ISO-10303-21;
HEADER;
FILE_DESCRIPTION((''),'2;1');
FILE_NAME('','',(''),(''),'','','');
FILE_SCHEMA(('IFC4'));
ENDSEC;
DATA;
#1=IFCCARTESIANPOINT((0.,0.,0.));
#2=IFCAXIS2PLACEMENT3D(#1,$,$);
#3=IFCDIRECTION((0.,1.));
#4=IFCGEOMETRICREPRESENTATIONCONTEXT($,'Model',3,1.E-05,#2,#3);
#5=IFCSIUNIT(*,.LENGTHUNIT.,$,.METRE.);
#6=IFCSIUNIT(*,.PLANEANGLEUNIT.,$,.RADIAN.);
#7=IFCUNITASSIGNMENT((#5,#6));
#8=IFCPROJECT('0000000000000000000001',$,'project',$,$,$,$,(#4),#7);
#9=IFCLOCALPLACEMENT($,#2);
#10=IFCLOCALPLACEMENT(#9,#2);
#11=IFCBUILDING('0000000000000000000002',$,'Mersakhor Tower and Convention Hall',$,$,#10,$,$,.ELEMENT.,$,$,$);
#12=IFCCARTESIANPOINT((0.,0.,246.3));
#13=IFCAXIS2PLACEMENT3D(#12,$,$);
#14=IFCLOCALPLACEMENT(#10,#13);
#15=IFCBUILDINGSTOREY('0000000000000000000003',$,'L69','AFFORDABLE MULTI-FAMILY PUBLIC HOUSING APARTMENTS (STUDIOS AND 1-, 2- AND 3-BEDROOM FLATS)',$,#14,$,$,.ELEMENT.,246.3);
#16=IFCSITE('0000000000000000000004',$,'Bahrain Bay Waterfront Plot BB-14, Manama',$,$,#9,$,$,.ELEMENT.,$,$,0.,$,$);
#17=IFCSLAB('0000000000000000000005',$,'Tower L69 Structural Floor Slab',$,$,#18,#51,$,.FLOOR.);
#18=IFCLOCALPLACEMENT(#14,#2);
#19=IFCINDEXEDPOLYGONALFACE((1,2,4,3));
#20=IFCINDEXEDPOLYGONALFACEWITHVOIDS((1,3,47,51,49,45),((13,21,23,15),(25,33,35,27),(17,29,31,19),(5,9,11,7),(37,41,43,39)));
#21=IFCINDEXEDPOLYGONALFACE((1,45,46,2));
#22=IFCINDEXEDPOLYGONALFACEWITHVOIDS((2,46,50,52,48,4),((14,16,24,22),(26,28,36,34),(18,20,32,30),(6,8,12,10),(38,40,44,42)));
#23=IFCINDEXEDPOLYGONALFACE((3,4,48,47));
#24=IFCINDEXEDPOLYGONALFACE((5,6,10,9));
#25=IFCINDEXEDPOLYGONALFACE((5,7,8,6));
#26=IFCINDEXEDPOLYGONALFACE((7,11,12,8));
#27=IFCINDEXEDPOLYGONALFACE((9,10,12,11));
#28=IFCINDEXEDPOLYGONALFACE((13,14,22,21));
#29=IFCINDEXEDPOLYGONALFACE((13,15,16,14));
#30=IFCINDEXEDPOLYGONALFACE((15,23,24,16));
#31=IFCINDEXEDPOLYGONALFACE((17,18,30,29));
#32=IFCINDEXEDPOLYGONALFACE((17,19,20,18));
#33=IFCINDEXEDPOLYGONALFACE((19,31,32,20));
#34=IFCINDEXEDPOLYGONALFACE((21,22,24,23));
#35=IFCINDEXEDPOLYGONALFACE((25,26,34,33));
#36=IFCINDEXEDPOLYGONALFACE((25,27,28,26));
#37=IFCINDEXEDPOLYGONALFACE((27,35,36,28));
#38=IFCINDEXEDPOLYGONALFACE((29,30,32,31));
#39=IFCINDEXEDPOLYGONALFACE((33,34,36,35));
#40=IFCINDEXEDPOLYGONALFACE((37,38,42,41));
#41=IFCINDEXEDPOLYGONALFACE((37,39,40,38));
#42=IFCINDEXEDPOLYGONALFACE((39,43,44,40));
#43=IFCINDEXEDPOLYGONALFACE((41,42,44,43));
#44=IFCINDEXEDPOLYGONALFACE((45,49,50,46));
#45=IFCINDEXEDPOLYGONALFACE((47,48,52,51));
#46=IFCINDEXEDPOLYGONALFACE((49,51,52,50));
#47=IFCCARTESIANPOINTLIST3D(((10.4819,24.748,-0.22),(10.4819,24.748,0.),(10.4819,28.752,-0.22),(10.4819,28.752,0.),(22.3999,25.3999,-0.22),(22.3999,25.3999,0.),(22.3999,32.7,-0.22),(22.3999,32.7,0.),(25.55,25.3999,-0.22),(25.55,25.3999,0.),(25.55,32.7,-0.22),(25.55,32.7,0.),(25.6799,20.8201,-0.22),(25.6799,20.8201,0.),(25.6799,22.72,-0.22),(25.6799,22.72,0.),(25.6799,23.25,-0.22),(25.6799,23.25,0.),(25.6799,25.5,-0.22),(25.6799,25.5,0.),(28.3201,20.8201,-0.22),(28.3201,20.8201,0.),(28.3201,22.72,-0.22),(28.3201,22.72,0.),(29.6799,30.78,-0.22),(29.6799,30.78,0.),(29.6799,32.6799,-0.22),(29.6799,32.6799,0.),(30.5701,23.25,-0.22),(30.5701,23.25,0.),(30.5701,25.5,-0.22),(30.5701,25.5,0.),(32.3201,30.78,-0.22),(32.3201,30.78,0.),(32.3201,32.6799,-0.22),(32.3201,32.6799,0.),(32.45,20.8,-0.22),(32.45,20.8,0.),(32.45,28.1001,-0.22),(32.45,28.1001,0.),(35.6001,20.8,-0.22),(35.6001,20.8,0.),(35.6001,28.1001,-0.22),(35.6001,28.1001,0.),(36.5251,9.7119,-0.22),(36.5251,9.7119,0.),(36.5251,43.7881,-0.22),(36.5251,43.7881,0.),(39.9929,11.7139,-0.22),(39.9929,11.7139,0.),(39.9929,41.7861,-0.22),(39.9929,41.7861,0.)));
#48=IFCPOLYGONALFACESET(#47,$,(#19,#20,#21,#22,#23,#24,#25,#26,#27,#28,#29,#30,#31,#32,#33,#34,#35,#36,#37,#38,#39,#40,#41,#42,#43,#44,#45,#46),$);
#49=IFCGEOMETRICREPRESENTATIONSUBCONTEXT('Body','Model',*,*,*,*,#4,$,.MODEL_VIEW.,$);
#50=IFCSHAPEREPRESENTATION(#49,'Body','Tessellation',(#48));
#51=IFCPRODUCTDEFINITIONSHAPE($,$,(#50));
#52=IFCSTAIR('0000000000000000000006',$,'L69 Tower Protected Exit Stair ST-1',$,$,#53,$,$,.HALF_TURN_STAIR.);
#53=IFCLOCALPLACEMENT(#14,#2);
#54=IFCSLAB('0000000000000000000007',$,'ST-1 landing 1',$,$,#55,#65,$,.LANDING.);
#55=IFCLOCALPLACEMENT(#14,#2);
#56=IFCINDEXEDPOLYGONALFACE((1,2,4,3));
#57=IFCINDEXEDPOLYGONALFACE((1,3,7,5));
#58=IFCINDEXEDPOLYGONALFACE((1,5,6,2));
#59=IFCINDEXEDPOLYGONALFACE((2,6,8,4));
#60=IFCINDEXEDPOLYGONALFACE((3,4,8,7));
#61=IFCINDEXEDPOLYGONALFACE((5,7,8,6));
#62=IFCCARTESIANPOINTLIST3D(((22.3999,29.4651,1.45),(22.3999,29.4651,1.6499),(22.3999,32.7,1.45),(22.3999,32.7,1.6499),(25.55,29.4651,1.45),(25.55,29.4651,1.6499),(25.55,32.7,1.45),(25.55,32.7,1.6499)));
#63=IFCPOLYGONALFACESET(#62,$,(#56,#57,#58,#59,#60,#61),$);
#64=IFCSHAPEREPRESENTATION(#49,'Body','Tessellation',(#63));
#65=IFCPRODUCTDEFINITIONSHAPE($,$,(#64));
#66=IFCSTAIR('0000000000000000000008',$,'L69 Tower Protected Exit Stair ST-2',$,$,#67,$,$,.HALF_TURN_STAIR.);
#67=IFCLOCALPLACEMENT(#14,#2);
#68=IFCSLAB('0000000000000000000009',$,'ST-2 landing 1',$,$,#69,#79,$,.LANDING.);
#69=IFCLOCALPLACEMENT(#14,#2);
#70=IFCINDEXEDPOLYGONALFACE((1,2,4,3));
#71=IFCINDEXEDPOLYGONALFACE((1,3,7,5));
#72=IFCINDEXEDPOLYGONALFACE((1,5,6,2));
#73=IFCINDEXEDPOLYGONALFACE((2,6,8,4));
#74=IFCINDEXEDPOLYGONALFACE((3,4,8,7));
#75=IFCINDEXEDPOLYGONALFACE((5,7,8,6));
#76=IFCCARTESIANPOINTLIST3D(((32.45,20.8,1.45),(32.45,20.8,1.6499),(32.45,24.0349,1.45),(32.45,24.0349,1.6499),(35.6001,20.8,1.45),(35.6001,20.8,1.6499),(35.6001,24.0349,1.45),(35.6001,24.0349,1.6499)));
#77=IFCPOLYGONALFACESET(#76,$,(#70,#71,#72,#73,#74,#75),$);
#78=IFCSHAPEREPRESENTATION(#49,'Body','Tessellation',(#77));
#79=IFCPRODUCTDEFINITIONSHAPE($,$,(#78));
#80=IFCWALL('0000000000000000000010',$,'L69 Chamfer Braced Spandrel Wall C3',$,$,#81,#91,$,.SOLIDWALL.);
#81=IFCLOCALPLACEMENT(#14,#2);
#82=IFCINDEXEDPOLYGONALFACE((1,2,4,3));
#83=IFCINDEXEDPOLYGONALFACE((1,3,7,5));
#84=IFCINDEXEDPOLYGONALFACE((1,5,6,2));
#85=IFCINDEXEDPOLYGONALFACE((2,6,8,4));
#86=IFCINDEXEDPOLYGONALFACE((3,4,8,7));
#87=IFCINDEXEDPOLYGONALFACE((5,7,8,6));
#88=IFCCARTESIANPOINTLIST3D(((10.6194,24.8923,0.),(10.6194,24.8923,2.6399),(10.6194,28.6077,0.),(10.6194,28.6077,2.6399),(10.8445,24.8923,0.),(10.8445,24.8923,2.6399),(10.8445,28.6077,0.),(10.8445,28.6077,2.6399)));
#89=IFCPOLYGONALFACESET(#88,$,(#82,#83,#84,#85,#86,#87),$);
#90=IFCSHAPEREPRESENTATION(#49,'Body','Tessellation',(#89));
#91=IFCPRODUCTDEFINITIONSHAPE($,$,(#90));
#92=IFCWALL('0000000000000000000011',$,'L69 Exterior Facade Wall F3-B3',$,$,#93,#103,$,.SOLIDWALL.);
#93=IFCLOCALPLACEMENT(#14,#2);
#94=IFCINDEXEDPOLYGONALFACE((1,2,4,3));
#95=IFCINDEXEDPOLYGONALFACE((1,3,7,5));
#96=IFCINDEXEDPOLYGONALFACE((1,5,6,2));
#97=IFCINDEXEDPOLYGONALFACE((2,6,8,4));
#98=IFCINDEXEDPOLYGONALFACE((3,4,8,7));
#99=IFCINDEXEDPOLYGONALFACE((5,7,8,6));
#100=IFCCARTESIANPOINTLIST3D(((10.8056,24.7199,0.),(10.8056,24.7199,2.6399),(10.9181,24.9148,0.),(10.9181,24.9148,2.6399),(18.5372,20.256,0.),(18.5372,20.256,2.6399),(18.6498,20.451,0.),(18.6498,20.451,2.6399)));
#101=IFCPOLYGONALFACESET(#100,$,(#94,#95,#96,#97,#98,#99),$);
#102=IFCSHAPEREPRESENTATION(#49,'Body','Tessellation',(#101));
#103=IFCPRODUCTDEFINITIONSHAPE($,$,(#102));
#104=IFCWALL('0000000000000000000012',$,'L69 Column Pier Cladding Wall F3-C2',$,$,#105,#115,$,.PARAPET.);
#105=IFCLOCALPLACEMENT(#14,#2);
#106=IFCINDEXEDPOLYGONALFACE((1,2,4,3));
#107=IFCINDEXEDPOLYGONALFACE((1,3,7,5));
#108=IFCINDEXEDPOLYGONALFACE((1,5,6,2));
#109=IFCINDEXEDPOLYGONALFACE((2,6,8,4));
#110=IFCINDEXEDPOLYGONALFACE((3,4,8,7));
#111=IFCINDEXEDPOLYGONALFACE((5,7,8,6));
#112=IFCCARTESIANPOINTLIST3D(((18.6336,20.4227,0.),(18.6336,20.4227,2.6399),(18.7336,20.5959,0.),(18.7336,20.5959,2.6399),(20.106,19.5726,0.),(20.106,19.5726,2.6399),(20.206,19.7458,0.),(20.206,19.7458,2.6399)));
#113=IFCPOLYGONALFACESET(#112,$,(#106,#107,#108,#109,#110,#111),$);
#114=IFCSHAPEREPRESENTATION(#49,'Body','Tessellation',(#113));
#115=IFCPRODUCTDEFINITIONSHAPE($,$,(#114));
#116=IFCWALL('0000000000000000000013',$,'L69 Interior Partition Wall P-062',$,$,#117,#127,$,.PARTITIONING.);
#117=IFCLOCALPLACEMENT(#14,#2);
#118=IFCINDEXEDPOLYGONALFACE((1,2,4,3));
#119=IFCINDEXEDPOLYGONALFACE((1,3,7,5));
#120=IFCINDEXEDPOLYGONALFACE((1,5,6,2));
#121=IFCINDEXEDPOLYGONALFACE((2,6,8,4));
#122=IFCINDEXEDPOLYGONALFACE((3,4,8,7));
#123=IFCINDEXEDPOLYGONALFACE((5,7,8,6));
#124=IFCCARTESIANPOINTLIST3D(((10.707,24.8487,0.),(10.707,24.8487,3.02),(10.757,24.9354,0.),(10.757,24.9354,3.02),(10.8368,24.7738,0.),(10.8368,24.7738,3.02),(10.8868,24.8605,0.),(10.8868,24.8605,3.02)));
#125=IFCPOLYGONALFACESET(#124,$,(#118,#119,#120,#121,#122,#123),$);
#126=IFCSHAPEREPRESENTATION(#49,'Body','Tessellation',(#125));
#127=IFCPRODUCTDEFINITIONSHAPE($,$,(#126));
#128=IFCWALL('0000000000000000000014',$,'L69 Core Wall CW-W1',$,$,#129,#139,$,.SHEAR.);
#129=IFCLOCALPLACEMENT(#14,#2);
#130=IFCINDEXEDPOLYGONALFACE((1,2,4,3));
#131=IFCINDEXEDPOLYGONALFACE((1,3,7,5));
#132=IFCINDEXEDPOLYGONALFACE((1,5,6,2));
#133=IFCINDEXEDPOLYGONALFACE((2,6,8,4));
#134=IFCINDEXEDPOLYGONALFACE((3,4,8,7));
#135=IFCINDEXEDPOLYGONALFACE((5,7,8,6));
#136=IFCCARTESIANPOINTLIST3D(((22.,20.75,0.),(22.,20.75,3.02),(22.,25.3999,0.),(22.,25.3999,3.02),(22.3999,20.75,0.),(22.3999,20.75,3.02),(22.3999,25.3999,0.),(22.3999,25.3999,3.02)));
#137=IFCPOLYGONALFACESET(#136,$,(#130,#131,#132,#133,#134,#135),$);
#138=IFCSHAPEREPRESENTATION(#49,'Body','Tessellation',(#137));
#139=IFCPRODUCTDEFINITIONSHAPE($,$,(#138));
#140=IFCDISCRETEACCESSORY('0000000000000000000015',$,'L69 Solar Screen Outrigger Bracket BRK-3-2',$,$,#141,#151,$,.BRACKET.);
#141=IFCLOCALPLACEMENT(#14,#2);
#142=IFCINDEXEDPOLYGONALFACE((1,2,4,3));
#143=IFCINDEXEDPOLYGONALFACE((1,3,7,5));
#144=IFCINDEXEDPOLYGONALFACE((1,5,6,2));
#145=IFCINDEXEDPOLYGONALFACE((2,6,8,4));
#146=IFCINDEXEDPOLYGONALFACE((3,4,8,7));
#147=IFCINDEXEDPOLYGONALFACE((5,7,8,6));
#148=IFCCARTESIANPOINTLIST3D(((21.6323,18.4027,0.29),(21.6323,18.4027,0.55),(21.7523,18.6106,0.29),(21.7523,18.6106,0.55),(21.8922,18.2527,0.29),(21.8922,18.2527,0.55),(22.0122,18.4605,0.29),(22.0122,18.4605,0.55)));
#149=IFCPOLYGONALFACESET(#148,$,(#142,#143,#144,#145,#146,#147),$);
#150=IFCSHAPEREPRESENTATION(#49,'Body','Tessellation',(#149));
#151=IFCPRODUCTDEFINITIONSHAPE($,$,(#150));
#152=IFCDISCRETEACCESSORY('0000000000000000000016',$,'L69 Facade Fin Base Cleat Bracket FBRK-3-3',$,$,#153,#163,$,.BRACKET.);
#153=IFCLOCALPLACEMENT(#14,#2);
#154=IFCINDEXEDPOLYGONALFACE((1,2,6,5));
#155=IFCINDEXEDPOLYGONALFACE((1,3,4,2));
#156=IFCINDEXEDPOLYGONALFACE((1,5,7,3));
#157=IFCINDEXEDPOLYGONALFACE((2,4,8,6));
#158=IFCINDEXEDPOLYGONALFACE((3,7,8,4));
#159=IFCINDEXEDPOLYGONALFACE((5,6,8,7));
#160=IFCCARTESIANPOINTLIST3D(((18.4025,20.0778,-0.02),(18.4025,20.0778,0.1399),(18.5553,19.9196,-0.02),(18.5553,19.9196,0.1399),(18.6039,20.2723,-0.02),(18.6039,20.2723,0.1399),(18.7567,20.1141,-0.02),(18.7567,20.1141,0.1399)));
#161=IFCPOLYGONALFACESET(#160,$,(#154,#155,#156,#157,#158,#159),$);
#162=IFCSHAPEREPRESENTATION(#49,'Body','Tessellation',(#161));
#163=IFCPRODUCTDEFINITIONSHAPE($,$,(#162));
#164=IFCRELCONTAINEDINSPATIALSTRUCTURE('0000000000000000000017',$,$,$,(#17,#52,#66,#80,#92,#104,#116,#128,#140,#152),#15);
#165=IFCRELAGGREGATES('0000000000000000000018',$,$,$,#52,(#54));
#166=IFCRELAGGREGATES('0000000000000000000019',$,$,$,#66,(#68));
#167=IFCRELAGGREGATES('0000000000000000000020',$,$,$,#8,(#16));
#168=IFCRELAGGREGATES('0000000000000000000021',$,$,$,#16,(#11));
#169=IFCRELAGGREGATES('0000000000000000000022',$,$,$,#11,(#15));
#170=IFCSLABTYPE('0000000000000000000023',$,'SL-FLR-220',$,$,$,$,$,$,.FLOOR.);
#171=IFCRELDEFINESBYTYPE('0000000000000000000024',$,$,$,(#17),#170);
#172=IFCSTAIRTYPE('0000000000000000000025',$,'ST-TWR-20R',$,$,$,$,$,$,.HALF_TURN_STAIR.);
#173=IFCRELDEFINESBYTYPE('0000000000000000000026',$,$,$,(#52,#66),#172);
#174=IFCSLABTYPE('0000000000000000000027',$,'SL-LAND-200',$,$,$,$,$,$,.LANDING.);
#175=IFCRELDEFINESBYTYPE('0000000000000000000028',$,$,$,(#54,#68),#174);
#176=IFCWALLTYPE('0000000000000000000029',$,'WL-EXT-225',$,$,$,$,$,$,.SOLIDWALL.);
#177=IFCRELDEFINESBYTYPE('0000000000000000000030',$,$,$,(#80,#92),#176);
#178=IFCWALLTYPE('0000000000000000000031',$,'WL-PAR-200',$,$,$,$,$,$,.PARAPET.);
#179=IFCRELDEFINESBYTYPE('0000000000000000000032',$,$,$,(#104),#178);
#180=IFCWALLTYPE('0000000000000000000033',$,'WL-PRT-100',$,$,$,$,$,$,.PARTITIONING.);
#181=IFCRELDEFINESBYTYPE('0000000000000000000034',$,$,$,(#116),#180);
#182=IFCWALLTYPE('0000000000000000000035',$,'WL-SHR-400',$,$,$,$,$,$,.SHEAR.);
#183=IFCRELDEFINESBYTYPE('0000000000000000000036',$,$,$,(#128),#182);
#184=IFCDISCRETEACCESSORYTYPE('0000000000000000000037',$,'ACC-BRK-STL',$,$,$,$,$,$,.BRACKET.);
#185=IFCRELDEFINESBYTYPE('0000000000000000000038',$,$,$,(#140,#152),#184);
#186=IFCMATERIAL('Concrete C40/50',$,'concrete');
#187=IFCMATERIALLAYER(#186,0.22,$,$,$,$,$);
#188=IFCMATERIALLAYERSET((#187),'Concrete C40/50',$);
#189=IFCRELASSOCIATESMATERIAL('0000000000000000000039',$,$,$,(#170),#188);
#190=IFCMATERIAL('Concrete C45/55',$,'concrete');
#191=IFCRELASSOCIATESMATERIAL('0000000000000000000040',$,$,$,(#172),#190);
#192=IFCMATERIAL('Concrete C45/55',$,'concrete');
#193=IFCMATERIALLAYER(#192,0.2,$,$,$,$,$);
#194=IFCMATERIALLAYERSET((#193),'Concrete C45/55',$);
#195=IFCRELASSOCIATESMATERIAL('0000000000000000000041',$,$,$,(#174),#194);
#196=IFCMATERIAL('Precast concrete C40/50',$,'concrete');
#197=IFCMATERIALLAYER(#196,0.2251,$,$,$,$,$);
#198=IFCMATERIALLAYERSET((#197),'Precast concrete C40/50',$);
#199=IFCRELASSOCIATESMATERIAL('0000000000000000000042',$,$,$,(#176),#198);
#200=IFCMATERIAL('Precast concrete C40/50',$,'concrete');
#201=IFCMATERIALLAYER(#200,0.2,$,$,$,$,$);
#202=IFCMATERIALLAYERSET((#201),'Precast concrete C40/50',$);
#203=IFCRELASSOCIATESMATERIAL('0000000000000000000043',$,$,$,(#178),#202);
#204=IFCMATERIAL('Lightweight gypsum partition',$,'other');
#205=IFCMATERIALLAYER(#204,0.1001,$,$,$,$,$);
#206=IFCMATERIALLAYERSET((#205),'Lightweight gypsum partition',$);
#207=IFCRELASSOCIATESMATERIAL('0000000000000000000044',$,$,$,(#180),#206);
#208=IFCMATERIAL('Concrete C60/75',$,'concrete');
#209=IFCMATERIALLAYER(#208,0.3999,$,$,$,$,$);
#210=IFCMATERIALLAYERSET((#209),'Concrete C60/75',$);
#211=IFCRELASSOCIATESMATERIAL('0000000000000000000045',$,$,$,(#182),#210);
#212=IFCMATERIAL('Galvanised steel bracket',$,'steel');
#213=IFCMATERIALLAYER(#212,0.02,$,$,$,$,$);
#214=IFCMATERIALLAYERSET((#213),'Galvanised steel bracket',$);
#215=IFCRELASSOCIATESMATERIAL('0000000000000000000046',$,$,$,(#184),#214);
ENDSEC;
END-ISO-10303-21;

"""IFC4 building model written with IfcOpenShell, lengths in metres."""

from ifc_helpers import new_model, si_unit, direction, frame, frame_2d, origin, origin_2d, place, context, subcontext, project, spatial, polyline, rectangle, outline, extrude, material, layer, layer_set, type_object, element, aggregate, save


model = new_model("IFC4")

# Units and contexts
model_context = context("Model", 3, precision=1e-05, world=origin(), true_north=direction((0.0, 1.0)))
body_context = subcontext(model_context, "Body", "Model", "MODEL_VIEW")
ifc_project = project(units=[si_unit("LENGTHUNIT", "METRE"), si_unit("PLANEANGLEUNIT", "RADIAN")], contexts=[model_context])

# Site, building, storey
site_placement = place(None, origin())
site = spatial("IfcSite", under=ifc_project, at=site_placement, Name="Bahrain Bay Waterfront Plot BB-14, Manama", CompositionType="ELEMENT", RefElevation=0.0)
building_placement = place(site_placement, origin())
building = spatial("IfcBuilding", under=site, at=building_placement, Name="Mersakhor Tower and Convention Hall", CompositionType="ELEMENT")
storey_placement = place(building_placement, frame((0.0, 0.0, 246.3)))
storey = spatial("IfcBuildingStorey", under=building, at=storey_placement, Name="L69", Description="AFFORDABLE MULTI-FAMILY PUBLIC HOUSING APARTMENTS (STUDIOS AND 1-, 2- AND 3-BEDROOM FLATS)", CompositionType="ELEMENT", Elevation=246.3)

# Slab
ifc_material_1 = material(Name="Concrete C40/50", Category="concrete")
ifc_layer_1 = layer(ifc_material_1, 0.22)
ifc_layer_set_1 = layer_set([ifc_layer_1], Name="Concrete C40/50")
slab_type_1 = type_object("IfcSlabType", Name="SL-FLR-220", PredefinedType="FLOOR", material=ifc_layer_set_1)
slab_1_placement = place(storey_placement, frame((0.0, 0.0, -0.22)))
element("IfcSlab", 1, at=slab_1_placement, inside=storey, type_object=slab_type_1, Name="Tower L69 Structural Floor Slab", PredefinedType="FLOOR", context=body_context, shape_type="SweptSolid", body=[
    extrude(outline(polyline([(10.4819, 28.752), (36.5251, 43.7881), (39.9929, 41.7861), (39.9929, 11.7139), (36.5251, 9.7119), (10.4819, 24.748), (10.4819, 28.752)]), holes=[polyline([(25.55, 25.3999), (25.55, 32.7), (22.3999, 32.7), (22.3999, 25.3999), (25.55, 25.3999)]), polyline([(32.45, 28.1001), (32.45, 20.8), (35.6001, 20.8), (35.6001, 28.1001), (32.45, 28.1001)]), polyline([(25.6799, 20.8201), (25.6799, 22.72), (28.3201, 22.72), (28.3201, 20.8201), (25.6799, 20.8201)]), polyline([(29.6799, 30.78), (29.6799, 32.6799), (32.3201, 32.6799), (32.3201, 30.78), (29.6799, 30.78)]), polyline([(25.6799, 23.25), (25.6799, 25.5), (30.5701, 25.5), (30.5701, 23.25), (25.6799, 23.25)])]), origin(), (0.0, 0.0, 1.0), 0.22),
])

# Stairs, slabs
ifc_material_2 = material(Name="Concrete C45/55", Category="concrete")
stair_type = type_object("IfcStairType", Name="ST-TWR-20R", PredefinedType="HALF_TURN_STAIR", material=ifc_material_2)
stair_1_placement = place(storey_placement, origin())
stair_1 = element("IfcStair", 2, at=stair_1_placement, inside=storey, type_object=stair_type, Name="L69 Tower Protected Exit Stair ST-1", PredefinedType="HALF_TURN_STAIR")
ifc_material_3 = material(Name="Concrete C45/55", Category="concrete")
ifc_layer_2 = layer(ifc_material_3, 0.2)
ifc_layer_set_2 = layer_set([ifc_layer_2], Name="Concrete C45/55")
slab_type_2 = type_object("IfcSlabType", Name="SL-LAND-200", PredefinedType="LANDING", material=ifc_layer_set_2)
slab_2_placement = place(storey_placement, frame((0.0, 0.0, 1.45)))
slab_2 = element("IfcSlab", 3, at=slab_2_placement, type_object=slab_type_2, Name="ST-1 landing 1", PredefinedType="LANDING", context=body_context, shape_type="SweptSolid", body=[
    extrude(outline(polyline([(25.55, 29.4651), (25.55, 32.7), (22.3999, 32.7), (22.3999, 29.4651), (25.55, 29.4651)])), origin(), (0.0, 0.0, 1.0), 0.2),
])
aggregate(stair_1, [slab_2])
stair_2_placement = place(storey_placement, origin())
stair_2 = element("IfcStair", 4, at=stair_2_placement, inside=storey, type_object=stair_type, Name="L69 Tower Protected Exit Stair ST-2", PredefinedType="HALF_TURN_STAIR")
slab_3_placement = place(storey_placement, frame((0.0, 0.0, 1.45)))
slab_3 = element("IfcSlab", 5, at=slab_3_placement, type_object=slab_type_2, Name="ST-2 landing 1", PredefinedType="LANDING", context=body_context, shape_type="SweptSolid", body=[
    extrude(outline(polyline([(32.45, 24.0349), (32.45, 20.8), (35.6001, 20.8), (35.6001, 24.0349), (32.45, 24.0349)])), origin(), (0.0, 0.0, 1.0), 0.2),
])
aggregate(stair_2, [slab_3])

# Walls
ifc_material_4 = material(Name="Precast concrete C40/50", Category="concrete")
ifc_layer_3 = layer(ifc_material_4, 0.2251)
ifc_layer_set_3 = layer_set([ifc_layer_3], Name="Precast concrete C40/50")
wall_type_1 = type_object("IfcWallType", Name="WL-EXT-225", PredefinedType="SOLIDWALL", material=ifc_layer_set_3)
wall_1_placement = place(storey_placement, frame((10.7319, 24.8923, 0.0), z_axis=(0.0, 0.0, 1.0), x_axis=(0.0, 1.0, 0.0)))
element("IfcWall", 6, at=wall_1_placement, inside=storey, type_object=wall_type_1, Name="L69 Chamfer Braced Spandrel Wall C3", PredefinedType="SOLIDWALL", context=body_context, shape_type="SweptSolid", body=[
    extrude(rectangle(XDim=3.7153, YDim=0.2251, at=frame_2d((1.8577, 0.0))), origin(), (0.0, 0.0, 1.0), 2.6399),
])
wall_2_placement = place(storey_placement, frame((18.5935, 20.3535, 0.0), z_axis=(0.0, 0.0, 1.0), x_axis=(-0.866027, 0.499998, 0.0)))
element("IfcWall", 7, at=wall_2_placement, inside=storey, type_object=wall_type_1, Name="L69 Exterior Facade Wall F3-B3", PredefinedType="SOLIDWALL", context=body_context, shape_type="SweptSolid", body=[
    extrude(rectangle(XDim=8.9277, YDim=0.2251, at=frame_2d((4.4639, 0.0))), origin(), (0.0, 0.0, 1.0), 2.6399),
])
ifc_material_5 = material(Name="Precast concrete C40/50", Category="concrete")
ifc_layer_4 = layer(ifc_material_5, 0.2)
ifc_layer_set_4 = layer_set([ifc_layer_4], Name="Precast concrete C40/50")
wall_type_2 = type_object("IfcWallType", Name="WL-PAR-200", PredefinedType="PARAPET", material=ifc_layer_set_4)
wall_3_placement = place(storey_placement, frame((20.156, 19.6592, 0.0), z_axis=(0.0, 0.0, 1.0), x_axis=(-0.866025, 0.5, 0.0)))
element("IfcWall", 8, at=wall_3_placement, inside=storey, type_object=wall_type_2, Name="L69 Column Pier Cladding Wall F3-C2", PredefinedType="PARAPET", context=body_context, shape_type="SweptSolid", body=[
    extrude(rectangle(XDim=1.7002, YDim=0.2, at=frame_2d((0.8501, 0.0))), origin(), (0.0, 0.0, 1.0), 2.6399),
])
ifc_material_6 = material(Name="Lightweight gypsum partition", Category="other")
ifc_layer_5 = layer(ifc_material_6, 0.1001)
ifc_layer_set_5 = layer_set([ifc_layer_5], Name="Lightweight gypsum partition")
wall_type_3 = type_object("IfcWallType", Name="WL-PRT-100", PredefinedType="PARTITIONING", material=ifc_layer_set_5)
wall_4_placement = place(storey_placement, frame((10.8618, 24.8171, 0.0), z_axis=(0.0, 0.0, 1.0), x_axis=(-0.866131, 0.499816, 0.0)))
element("IfcWall", 9, at=wall_4_placement, inside=storey, type_object=wall_type_3, Name="L69 Interior Partition Wall P-062", PredefinedType="PARTITIONING", context=body_context, shape_type="SweptSolid", body=[
    extrude(rectangle(XDim=0.1499, YDim=0.1001, at=frame_2d((0.075, 0.0))), origin(), (0.0, 0.0, 1.0), 3.02),
])
ifc_material_7 = material(Name="Concrete C60/75", Category="concrete")
ifc_layer_6 = layer(ifc_material_7, 0.3999)
ifc_layer_set_6 = layer_set([ifc_layer_6], Name="Concrete C60/75")
wall_type_4 = type_object("IfcWallType", Name="WL-SHR-400", PredefinedType="SHEAR", material=ifc_layer_set_6)
wall_5_placement = place(storey_placement, frame((22.2, 20.75, 0.0), z_axis=(0.0, 0.0, 1.0), x_axis=(0.0, 1.0, 0.0)))
element("IfcWall", 10, at=wall_5_placement, inside=storey, type_object=wall_type_4, Name="L69 Core Wall CW-W1", PredefinedType="SHEAR", context=body_context, shape_type="SweptSolid", body=[
    extrude(rectangle(XDim=4.6499, YDim=0.3999, at=frame_2d((2.325, 0.0))), origin(), (0.0, 0.0, 1.0), 3.02),
])

# Discrete accessories
ifc_material_8 = material(Name="Galvanised steel bracket", Category="steel")
ifc_layer_7 = layer(ifc_material_8, 0.02)
ifc_layer_set_7 = layer_set([ifc_layer_7], Name="Galvanised steel bracket")
discrete_accessory_type = type_object("IfcDiscreteAccessoryType", Name="ACC-BRK-STL", PredefinedType="BRACKET", material=ifc_layer_set_7)
discrete_accessory_1_placement = place(storey_placement, frame((21.8223, 18.4316, 0.29), z_axis=(0.0, 0.0, 1.0), x_axis=(-0.866025, 0.5, 0.0)))
element("IfcDiscreteAccessory", 11, at=discrete_accessory_1_placement, inside=storey, type_object=discrete_accessory_type, Name="L69 Solar Screen Outrigger Bracket BRK-3-2", PredefinedType="BRACKET", context=body_context, shape_type="SweptSolid", body=[
    extrude(rectangle(XDim=0.3, YDim=0.24, at=origin_2d()), origin(), (0.0, 0.0, 1.0), 0.26),
])
discrete_accessory_2_placement = place(storey_placement, frame((18.5796, 20.0959, -0.02), z_axis=(0.0, 0.0, 1.0), x_axis=(-0.71934, -0.694658, 0.0)))
element("IfcDiscreteAccessory", 12, at=discrete_accessory_2_placement, inside=storey, type_object=discrete_accessory_type, Name="L69 Facade Fin Base Cleat Bracket FBRK-3-3", PredefinedType="BRACKET", context=body_context, shape_type="SweptSolid", body=[
    extrude(rectangle(XDim=0.28, YDim=0.22, at=origin_2d()), origin(), (0.0, 0.0, 1.0), 0.1599),
])

save(model, "model.ifc")
